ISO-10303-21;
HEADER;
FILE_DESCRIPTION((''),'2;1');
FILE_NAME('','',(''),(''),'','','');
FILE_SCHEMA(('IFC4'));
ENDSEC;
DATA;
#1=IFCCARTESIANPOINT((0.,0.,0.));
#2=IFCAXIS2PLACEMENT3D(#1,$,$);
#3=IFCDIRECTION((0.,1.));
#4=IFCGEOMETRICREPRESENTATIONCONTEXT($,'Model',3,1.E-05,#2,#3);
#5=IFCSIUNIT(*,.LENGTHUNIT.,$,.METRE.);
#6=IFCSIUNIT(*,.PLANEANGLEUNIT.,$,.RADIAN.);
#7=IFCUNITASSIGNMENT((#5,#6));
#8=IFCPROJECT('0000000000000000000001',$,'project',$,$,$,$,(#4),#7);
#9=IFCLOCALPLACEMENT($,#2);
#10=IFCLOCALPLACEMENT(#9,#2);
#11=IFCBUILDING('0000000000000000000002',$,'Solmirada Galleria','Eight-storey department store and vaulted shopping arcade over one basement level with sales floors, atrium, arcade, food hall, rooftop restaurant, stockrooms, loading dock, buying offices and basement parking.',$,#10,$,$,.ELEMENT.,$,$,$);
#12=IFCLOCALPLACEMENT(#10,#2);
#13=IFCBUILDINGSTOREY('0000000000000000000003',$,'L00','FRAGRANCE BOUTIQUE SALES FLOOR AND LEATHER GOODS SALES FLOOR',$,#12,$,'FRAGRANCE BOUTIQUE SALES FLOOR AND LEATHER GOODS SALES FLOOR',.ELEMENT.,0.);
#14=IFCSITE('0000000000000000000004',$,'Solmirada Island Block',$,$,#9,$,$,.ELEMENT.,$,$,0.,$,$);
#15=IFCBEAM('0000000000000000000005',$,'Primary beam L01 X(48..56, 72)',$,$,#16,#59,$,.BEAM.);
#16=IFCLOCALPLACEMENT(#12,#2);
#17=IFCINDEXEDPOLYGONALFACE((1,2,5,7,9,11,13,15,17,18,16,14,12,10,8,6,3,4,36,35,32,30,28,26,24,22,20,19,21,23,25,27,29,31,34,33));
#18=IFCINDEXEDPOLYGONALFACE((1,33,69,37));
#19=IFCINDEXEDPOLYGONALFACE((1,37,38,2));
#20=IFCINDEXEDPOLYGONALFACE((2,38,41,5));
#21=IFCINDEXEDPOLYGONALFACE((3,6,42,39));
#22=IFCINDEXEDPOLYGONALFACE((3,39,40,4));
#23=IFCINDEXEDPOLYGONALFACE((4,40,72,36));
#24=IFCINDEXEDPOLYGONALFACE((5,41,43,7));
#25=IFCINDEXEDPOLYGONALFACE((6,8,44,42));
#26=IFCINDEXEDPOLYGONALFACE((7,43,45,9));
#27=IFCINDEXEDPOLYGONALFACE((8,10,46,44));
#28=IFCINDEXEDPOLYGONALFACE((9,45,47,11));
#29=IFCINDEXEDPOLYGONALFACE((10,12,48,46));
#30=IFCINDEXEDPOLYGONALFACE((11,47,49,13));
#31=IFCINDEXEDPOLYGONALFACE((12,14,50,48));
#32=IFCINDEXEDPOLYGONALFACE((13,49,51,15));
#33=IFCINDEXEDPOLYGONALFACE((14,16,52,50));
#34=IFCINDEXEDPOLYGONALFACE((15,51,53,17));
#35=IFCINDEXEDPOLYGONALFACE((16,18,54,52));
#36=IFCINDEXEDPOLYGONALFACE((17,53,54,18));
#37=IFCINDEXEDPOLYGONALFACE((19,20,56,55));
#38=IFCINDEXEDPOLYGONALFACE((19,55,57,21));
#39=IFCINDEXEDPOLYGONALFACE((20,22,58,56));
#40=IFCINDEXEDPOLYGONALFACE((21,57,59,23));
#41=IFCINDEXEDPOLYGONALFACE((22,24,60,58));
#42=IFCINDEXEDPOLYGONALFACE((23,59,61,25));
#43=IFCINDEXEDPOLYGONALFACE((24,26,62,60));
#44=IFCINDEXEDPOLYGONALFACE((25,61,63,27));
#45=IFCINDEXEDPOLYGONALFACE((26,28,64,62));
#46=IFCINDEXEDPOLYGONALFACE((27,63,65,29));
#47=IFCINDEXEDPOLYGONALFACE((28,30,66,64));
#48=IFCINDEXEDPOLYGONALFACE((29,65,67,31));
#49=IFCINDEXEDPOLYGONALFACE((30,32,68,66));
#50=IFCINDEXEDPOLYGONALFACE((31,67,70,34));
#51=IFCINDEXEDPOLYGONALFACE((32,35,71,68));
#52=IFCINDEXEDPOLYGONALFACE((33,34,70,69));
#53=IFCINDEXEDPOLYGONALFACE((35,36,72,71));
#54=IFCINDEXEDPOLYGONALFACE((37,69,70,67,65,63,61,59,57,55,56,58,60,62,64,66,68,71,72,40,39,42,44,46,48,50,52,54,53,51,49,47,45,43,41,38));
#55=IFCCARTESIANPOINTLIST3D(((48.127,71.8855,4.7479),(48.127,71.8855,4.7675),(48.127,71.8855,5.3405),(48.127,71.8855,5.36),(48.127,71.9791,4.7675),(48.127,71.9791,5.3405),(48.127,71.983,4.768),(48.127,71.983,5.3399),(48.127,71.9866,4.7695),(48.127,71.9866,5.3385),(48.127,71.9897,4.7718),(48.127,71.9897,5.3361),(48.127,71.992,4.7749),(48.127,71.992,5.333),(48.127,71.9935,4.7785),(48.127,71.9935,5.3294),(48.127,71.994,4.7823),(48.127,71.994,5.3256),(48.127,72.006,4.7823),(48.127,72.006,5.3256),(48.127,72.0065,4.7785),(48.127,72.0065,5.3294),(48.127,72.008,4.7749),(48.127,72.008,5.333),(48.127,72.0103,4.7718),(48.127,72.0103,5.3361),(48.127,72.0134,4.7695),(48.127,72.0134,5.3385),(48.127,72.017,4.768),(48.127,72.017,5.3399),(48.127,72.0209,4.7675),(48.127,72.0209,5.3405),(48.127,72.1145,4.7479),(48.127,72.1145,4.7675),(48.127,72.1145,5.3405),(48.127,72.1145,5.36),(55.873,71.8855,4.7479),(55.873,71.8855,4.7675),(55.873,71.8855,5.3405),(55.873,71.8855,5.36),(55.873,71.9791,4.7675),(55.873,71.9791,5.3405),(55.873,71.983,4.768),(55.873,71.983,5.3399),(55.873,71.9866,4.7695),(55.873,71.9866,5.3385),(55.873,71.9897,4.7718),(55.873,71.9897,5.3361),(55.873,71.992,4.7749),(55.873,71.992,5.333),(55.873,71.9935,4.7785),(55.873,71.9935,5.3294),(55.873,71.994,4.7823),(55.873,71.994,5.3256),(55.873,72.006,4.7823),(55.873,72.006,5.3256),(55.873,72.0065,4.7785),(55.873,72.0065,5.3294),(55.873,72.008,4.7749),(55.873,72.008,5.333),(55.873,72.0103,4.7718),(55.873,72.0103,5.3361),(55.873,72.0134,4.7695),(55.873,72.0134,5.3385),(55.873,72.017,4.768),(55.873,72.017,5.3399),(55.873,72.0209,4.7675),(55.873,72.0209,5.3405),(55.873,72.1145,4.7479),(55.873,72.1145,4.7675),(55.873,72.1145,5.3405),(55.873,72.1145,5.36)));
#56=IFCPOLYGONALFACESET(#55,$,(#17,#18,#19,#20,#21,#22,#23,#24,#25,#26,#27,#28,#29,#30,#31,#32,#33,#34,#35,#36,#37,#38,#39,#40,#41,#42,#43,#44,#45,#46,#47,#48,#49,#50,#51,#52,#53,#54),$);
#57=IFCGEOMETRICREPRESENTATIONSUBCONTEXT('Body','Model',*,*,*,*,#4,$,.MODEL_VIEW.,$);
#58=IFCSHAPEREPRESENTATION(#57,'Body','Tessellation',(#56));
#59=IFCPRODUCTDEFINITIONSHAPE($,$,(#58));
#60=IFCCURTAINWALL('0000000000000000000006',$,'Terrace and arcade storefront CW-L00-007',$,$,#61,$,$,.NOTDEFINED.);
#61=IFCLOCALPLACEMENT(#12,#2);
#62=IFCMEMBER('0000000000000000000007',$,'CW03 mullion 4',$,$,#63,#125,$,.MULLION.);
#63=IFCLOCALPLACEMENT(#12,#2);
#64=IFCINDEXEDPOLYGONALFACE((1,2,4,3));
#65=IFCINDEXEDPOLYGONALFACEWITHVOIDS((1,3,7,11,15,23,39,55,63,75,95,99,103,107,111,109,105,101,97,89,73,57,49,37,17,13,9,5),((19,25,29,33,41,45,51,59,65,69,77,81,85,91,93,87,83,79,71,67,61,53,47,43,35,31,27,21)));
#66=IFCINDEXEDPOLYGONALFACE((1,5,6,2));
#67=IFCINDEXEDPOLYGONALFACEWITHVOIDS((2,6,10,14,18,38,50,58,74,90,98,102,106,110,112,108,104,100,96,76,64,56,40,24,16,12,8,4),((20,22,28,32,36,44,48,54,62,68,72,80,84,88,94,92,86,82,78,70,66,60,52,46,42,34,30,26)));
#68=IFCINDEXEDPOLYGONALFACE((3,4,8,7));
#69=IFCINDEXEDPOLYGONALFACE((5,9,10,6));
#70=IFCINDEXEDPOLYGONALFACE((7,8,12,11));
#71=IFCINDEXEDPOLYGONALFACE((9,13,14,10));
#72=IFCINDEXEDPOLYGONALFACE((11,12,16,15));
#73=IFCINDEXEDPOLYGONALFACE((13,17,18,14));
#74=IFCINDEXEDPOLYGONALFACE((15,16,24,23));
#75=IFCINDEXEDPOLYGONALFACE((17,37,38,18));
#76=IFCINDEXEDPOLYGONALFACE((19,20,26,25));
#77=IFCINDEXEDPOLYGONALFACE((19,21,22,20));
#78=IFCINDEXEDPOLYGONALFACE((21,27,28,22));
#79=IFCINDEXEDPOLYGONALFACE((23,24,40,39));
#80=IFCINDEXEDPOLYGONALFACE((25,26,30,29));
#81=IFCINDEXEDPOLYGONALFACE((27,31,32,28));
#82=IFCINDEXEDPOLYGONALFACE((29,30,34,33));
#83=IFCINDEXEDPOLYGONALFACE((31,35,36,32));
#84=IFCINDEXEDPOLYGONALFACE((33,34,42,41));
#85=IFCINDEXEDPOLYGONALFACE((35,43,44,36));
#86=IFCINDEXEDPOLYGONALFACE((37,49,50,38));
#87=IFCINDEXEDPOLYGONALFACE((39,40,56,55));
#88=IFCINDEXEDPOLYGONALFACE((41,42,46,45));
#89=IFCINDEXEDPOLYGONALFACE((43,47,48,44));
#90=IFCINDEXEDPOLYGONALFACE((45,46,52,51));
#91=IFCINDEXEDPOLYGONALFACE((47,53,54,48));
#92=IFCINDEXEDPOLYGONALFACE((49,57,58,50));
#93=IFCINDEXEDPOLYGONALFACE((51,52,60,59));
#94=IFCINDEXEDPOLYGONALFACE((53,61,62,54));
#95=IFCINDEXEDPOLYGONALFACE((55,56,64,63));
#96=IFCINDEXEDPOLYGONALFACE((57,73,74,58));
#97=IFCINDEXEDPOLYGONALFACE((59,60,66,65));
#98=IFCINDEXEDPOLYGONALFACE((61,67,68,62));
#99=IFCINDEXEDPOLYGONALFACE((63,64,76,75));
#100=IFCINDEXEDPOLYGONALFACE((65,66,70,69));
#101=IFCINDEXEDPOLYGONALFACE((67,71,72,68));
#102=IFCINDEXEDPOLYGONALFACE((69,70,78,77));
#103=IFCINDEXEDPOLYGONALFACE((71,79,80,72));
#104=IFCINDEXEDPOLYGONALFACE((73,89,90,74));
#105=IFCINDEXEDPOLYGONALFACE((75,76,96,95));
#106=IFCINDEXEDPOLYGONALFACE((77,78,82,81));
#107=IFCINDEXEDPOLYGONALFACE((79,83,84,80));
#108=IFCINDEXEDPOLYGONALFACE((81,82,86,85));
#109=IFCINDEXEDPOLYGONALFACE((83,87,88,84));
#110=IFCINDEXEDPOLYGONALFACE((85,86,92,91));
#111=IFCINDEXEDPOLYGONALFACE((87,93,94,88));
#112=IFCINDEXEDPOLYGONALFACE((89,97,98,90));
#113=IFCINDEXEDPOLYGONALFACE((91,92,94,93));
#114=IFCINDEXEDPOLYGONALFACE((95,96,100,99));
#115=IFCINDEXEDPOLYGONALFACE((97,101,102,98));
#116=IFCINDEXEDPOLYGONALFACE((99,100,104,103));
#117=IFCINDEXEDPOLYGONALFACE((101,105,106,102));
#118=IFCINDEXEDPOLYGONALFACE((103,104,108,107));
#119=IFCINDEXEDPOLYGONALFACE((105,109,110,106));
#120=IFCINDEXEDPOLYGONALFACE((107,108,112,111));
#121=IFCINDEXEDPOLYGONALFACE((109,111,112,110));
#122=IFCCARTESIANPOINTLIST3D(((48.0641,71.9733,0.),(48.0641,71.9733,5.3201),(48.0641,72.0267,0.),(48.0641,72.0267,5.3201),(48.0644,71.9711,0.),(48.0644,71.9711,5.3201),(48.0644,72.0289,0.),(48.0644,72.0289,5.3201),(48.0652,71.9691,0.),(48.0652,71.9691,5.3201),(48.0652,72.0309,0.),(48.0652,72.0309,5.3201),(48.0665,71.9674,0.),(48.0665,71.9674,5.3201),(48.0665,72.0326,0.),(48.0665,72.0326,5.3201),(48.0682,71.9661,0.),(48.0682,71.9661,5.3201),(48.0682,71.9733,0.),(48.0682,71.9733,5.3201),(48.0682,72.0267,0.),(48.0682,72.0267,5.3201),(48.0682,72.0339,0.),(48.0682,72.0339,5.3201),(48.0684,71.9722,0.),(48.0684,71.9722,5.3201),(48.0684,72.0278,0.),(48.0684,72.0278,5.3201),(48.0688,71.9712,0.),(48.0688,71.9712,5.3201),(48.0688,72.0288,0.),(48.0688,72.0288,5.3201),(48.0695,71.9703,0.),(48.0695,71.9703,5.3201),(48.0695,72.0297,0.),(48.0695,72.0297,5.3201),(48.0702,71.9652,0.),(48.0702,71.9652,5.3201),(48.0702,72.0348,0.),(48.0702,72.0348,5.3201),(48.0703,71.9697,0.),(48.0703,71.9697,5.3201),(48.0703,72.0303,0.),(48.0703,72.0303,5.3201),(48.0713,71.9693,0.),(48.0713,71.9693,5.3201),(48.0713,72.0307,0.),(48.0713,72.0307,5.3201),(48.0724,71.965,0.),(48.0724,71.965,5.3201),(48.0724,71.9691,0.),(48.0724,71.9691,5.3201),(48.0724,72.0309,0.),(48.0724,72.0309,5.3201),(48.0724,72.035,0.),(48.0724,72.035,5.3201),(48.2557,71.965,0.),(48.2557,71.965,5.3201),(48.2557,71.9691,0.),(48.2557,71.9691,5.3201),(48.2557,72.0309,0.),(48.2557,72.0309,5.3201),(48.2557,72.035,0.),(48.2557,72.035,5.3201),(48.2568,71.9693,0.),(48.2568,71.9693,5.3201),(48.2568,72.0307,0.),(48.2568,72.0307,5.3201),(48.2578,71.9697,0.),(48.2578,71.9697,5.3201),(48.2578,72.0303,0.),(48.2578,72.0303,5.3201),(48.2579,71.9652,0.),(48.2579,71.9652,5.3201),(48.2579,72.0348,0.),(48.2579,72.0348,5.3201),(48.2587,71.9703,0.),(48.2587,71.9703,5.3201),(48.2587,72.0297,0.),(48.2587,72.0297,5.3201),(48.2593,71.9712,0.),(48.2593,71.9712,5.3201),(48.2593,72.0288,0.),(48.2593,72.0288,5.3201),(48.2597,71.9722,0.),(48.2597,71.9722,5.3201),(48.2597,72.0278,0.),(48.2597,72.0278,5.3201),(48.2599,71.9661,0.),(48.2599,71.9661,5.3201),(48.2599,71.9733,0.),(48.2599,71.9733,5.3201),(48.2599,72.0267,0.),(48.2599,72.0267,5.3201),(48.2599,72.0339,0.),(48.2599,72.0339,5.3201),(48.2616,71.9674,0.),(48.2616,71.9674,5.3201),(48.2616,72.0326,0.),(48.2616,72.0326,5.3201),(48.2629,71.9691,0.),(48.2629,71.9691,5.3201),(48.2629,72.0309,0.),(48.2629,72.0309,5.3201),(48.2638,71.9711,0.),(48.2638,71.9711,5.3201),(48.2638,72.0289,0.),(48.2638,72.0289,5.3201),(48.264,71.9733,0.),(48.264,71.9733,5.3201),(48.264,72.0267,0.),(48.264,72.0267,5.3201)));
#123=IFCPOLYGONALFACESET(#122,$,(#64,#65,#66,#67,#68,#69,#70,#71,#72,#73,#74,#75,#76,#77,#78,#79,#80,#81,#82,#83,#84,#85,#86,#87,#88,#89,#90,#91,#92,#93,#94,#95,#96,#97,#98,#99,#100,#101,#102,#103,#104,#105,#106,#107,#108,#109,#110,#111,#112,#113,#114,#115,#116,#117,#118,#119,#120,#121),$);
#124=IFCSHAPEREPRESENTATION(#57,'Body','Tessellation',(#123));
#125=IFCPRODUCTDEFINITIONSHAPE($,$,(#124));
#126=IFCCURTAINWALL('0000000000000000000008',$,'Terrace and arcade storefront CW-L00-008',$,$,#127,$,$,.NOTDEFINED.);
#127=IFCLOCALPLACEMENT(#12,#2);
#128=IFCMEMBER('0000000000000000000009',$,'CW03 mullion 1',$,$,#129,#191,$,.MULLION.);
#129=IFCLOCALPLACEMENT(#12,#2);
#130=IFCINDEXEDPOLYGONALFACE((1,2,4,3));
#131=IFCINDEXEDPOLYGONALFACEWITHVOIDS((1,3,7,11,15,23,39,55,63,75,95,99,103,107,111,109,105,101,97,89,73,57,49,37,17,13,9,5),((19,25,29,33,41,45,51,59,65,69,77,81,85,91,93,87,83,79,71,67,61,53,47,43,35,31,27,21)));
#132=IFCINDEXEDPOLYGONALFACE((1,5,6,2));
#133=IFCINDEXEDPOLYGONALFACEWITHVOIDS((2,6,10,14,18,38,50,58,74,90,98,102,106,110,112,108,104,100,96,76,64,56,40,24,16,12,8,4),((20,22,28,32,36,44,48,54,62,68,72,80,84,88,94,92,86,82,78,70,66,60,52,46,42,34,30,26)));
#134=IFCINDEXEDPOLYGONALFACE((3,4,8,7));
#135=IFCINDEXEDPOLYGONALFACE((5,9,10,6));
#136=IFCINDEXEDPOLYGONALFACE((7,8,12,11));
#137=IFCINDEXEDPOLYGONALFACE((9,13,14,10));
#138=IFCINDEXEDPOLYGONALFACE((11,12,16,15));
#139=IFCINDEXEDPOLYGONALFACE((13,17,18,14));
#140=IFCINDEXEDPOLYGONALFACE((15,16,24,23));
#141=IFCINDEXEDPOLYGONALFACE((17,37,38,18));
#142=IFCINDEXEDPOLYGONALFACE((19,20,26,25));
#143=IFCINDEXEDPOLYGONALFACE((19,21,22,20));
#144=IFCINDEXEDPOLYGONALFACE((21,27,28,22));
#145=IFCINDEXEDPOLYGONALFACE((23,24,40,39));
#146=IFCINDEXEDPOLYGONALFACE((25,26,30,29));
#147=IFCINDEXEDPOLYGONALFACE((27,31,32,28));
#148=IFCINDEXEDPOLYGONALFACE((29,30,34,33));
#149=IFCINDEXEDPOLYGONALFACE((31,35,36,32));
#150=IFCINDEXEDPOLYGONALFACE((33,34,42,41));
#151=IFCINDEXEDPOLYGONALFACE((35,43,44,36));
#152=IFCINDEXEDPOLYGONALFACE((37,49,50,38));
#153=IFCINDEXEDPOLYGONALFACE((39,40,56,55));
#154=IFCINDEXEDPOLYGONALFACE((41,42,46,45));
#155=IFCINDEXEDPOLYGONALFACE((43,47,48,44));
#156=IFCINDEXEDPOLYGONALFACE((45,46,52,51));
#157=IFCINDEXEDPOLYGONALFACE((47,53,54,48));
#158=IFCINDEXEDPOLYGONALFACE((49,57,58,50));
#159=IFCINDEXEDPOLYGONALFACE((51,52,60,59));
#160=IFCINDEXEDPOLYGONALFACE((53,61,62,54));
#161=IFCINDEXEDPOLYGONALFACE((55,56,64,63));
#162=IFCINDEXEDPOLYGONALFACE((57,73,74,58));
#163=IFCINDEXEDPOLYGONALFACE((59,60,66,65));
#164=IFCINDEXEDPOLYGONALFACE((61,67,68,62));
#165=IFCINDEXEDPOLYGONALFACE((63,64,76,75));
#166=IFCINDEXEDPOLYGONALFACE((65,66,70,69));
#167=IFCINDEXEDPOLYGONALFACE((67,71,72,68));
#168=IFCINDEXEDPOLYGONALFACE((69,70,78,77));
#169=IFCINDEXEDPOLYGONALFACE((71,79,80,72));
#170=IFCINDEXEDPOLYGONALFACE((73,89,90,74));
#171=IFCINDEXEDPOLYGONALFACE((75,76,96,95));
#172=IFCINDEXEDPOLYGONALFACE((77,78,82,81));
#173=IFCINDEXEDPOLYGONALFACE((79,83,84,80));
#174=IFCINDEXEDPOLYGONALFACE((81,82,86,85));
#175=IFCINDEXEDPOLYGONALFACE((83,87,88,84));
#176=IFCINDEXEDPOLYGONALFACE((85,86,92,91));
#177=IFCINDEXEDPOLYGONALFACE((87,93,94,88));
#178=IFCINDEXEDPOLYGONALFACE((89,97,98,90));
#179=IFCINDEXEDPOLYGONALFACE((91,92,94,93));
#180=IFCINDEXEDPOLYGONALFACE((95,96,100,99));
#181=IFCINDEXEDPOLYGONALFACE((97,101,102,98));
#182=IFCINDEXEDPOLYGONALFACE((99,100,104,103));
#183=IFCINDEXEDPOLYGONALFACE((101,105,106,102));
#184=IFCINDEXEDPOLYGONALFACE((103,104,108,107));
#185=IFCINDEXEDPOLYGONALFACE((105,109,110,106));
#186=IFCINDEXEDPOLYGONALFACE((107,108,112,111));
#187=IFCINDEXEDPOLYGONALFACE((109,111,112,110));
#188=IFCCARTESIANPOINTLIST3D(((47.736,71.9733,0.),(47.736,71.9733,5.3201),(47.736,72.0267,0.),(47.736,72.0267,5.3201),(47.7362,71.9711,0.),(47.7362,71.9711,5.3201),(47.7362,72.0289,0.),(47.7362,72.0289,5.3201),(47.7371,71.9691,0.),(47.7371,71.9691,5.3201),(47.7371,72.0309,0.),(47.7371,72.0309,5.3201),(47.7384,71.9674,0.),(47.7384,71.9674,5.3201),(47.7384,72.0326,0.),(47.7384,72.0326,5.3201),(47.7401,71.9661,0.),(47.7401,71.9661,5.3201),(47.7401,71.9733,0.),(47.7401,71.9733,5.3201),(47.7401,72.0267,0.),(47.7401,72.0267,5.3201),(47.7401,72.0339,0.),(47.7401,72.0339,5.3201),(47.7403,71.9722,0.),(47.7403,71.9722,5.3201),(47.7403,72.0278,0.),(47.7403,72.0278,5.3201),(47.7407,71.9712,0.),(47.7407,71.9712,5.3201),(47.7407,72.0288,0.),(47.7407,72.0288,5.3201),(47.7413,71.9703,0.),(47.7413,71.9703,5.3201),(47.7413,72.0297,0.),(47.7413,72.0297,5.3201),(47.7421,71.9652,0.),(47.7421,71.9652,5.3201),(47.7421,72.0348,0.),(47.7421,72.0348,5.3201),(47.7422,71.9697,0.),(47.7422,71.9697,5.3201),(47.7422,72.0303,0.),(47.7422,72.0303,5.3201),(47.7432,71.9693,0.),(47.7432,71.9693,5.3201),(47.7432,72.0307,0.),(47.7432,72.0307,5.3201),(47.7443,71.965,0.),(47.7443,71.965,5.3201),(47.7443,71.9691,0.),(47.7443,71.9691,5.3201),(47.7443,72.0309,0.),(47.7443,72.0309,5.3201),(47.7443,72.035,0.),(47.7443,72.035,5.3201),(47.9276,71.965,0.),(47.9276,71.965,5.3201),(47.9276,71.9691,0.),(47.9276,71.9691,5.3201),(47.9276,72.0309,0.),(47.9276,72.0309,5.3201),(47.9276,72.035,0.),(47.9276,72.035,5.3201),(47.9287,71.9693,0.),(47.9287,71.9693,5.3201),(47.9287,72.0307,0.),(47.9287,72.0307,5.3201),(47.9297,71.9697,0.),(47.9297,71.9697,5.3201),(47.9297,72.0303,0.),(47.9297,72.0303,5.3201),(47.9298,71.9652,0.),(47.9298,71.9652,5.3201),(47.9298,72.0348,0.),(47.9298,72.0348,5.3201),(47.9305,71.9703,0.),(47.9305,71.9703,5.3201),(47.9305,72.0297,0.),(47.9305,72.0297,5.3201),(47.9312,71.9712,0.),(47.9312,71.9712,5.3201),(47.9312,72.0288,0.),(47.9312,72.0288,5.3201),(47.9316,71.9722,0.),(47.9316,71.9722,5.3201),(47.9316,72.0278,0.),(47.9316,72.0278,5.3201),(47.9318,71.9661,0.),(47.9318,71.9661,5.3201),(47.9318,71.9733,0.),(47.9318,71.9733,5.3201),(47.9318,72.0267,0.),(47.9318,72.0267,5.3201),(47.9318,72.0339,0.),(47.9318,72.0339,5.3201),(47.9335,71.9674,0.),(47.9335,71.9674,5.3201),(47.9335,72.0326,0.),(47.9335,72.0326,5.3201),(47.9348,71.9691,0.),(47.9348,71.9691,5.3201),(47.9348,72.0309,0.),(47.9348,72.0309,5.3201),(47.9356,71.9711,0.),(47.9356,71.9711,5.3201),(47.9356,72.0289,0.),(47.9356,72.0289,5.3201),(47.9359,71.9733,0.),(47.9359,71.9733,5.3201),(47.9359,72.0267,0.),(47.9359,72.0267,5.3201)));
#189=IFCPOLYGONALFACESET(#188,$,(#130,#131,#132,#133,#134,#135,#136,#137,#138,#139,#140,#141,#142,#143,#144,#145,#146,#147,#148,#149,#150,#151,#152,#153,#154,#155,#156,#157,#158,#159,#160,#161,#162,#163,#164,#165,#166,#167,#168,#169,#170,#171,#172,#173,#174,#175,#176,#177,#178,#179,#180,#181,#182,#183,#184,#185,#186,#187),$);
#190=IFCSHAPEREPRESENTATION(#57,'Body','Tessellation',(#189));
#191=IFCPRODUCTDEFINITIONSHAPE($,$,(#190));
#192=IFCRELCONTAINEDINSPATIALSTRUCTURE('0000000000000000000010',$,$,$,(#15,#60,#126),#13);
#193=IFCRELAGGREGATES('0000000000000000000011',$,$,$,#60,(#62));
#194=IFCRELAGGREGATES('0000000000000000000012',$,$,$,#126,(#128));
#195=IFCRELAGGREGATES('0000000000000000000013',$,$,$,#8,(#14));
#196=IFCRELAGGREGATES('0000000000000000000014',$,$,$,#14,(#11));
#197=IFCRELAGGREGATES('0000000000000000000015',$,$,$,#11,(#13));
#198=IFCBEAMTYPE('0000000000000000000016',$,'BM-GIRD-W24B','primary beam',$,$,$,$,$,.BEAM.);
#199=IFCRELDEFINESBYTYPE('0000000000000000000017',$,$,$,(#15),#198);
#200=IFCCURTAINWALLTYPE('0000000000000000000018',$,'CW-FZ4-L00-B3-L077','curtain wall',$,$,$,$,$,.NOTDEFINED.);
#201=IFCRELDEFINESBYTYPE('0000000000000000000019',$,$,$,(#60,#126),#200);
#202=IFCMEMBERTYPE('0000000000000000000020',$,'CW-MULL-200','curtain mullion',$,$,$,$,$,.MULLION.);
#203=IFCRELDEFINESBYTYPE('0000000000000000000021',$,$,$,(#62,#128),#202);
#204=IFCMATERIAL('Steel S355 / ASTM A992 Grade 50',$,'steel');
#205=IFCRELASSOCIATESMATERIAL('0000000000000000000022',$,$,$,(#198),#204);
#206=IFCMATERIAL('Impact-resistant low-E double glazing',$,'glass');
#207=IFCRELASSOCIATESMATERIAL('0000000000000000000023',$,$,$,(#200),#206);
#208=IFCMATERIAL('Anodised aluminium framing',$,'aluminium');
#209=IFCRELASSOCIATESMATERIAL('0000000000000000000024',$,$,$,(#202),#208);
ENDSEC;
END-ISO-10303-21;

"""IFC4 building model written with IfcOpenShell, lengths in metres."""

from ifc_helpers import new_model, si_unit, direction, frame, origin, origin_2d, place, context, subcontext, project, spatial, hollow_rectangle, i_section, extrude, material, material_profile, profile_set, type_object, element, aggregate, save


model = new_model("IFC4")

# Units and contexts
model_context = context("Model", 3, precision=1e-05, world=origin(), true_north=direction((0.0, 1.0)))
body_context = subcontext(model_context, "Body", "Model", "MODEL_VIEW")
ifc_project = project(units=[si_unit("LENGTHUNIT", "METRE"), si_unit("PLANEANGLEUNIT", "RADIAN")], contexts=[model_context])

# Site, building, storey
site_placement = place(None, origin())
site = spatial("IfcSite", under=ifc_project, at=site_placement, Name="Solmirada Island Block", CompositionType="ELEMENT", RefElevation=0.0)
building_placement = place(site_placement, origin())
building = spatial("IfcBuilding", under=site, at=building_placement, Name="Solmirada Galleria", Description="Eight-storey department store and vaulted shopping arcade over one basement level with sales floors, atrium, arcade, food hall, rooftop restaurant, stockrooms, loading dock, buying offices and basement parking.", CompositionType="ELEMENT")
storey_placement = place(building_placement, origin())
storey = spatial("IfcBuildingStorey", under=building, at=storey_placement, Name="L00", Description="FRAGRANCE BOUTIQUE SALES FLOOR AND LEATHER GOODS SALES FLOOR", LongName="FRAGRANCE BOUTIQUE SALES FLOOR AND LEATHER GOODS SALES FLOOR", CompositionType="ELEMENT", Elevation=0.0)

# Beam
ifc_material_1 = material(Name="Steel S355 / ASTM A992 Grade 50", Category="steel")
ifc_material_profile_1 = material_profile(ifc_material_1, i_section(OverallWidth=0.229, OverallDepth=0.6121, WebThickness=0.012, FlangeThickness=0.0195, FilletRadius=0.0149, at=origin_2d()), Name="W24X84")
ifc_profile_set_1 = profile_set([ifc_material_profile_1], Name="Steel S355 / ASTM A992 Grade 50")
beam_type_1 = type_object("IfcBeamType", Name="BM-GIRD-W24B", Description="primary beam", PredefinedType="BEAM", material=ifc_profile_set_1)
beam_1_placement = place(storey_placement, frame((48.127, 72.0, 5.054), z_axis=(1.0, 0.0, 0.0), x_axis=(0.0, 1.0, 0.0)))
element("IfcBeam", 1, at=beam_1_placement, inside=storey, type_object=beam_type_1, Name="Primary beam L01 X(48..56, 72)", PredefinedType="BEAM", context=body_context, shape_type="SweptSolid", body=[
    extrude(i_section(OverallWidth=0.229, OverallDepth=0.6121, WebThickness=0.012, FlangeThickness=0.0195, FilletRadius=0.0149, at=origin_2d()), origin(), (0.0, 0.0, 1.0), 7.7461),
])

# Curtain wall, member
ifc_material_2 = material(Name="Impact-resistant low-E double glazing", Category="glass")
curtain_wall_type_1 = type_object("IfcCurtainWallType", Name="CW-FZ4-L00-B3-L077", Description="curtain wall", PredefinedType="NOTDEFINED", material=ifc_material_2)
curtain_wall_1_placement = place(storey_placement, origin())
curtain_wall_1 = element("IfcCurtainWall", 2, at=curtain_wall_1_placement, inside=storey, type_object=curtain_wall_type_1, Name="Terrace and arcade storefront CW-L00-007", PredefinedType="NOTDEFINED")
ifc_material_3 = material(Name="Anodised aluminium framing", Category="aluminium")
ifc_material_profile_2 = material_profile(ifc_material_3, hollow_rectangle(XDim=0.0701, YDim=0.2, WallThickness=0.0042, InnerFilletRadius=0.0042, OuterFilletRadius=0.0083, at=origin_2d()), Name="ALU-MULL-200X70")
ifc_profile_set_2 = profile_set([ifc_material_profile_2], Name="Anodised aluminium framing")
member_type_1 = type_object("IfcMemberType", Name="CW-MULL-200", Description="curtain mullion", PredefinedType="MULLION", material=ifc_profile_set_2)
member_1_placement = place(storey_placement, frame((48.1641, 72.0, 0.0), z_axis=(0.0, 0.0, 1.0), x_axis=(0.0, -1.0, 0.0)))
member_1 = element("IfcMember", 3, at=member_1_placement, type_object=member_type_1, Name="CW03 mullion 4", PredefinedType="MULLION", context=body_context, shape_type="SweptSolid", body=[
    extrude(hollow_rectangle(XDim=0.0701, YDim=0.2, WallThickness=0.0042, InnerFilletRadius=0.0042, OuterFilletRadius=0.0083, at=origin_2d()), origin(), (0.0, 0.0, 1.0), 5.3201),
])
aggregate(curtain_wall_1, [member_1])

# Curtain wall, member
curtain_wall_2_placement = place(storey_placement, origin())
curtain_wall_2 = element("IfcCurtainWall", 4, at=curtain_wall_2_placement, inside=storey, type_object=curtain_wall_type_1, Name="Terrace and arcade storefront CW-L00-008", PredefinedType="NOTDEFINED")
member_2_placement = place(storey_placement, frame((47.8359, 72.0, 0.0), z_axis=(0.0, 0.0, 1.0), x_axis=(0.0, -1.0, 0.0)))
member_2 = element("IfcMember", 5, at=member_2_placement, type_object=member_type_1, Name="CW03 mullion 1", PredefinedType="MULLION", context=body_context, shape_type="SweptSolid", body=[
    extrude(hollow_rectangle(XDim=0.0701, YDim=0.2, WallThickness=0.0042, InnerFilletRadius=0.0042, OuterFilletRadius=0.0083, at=origin_2d()), origin(), (0.0, 0.0, 1.0), 5.3201),
])

aggregate(curtain_wall_2, [member_2])

save(model, "model.ifc")
